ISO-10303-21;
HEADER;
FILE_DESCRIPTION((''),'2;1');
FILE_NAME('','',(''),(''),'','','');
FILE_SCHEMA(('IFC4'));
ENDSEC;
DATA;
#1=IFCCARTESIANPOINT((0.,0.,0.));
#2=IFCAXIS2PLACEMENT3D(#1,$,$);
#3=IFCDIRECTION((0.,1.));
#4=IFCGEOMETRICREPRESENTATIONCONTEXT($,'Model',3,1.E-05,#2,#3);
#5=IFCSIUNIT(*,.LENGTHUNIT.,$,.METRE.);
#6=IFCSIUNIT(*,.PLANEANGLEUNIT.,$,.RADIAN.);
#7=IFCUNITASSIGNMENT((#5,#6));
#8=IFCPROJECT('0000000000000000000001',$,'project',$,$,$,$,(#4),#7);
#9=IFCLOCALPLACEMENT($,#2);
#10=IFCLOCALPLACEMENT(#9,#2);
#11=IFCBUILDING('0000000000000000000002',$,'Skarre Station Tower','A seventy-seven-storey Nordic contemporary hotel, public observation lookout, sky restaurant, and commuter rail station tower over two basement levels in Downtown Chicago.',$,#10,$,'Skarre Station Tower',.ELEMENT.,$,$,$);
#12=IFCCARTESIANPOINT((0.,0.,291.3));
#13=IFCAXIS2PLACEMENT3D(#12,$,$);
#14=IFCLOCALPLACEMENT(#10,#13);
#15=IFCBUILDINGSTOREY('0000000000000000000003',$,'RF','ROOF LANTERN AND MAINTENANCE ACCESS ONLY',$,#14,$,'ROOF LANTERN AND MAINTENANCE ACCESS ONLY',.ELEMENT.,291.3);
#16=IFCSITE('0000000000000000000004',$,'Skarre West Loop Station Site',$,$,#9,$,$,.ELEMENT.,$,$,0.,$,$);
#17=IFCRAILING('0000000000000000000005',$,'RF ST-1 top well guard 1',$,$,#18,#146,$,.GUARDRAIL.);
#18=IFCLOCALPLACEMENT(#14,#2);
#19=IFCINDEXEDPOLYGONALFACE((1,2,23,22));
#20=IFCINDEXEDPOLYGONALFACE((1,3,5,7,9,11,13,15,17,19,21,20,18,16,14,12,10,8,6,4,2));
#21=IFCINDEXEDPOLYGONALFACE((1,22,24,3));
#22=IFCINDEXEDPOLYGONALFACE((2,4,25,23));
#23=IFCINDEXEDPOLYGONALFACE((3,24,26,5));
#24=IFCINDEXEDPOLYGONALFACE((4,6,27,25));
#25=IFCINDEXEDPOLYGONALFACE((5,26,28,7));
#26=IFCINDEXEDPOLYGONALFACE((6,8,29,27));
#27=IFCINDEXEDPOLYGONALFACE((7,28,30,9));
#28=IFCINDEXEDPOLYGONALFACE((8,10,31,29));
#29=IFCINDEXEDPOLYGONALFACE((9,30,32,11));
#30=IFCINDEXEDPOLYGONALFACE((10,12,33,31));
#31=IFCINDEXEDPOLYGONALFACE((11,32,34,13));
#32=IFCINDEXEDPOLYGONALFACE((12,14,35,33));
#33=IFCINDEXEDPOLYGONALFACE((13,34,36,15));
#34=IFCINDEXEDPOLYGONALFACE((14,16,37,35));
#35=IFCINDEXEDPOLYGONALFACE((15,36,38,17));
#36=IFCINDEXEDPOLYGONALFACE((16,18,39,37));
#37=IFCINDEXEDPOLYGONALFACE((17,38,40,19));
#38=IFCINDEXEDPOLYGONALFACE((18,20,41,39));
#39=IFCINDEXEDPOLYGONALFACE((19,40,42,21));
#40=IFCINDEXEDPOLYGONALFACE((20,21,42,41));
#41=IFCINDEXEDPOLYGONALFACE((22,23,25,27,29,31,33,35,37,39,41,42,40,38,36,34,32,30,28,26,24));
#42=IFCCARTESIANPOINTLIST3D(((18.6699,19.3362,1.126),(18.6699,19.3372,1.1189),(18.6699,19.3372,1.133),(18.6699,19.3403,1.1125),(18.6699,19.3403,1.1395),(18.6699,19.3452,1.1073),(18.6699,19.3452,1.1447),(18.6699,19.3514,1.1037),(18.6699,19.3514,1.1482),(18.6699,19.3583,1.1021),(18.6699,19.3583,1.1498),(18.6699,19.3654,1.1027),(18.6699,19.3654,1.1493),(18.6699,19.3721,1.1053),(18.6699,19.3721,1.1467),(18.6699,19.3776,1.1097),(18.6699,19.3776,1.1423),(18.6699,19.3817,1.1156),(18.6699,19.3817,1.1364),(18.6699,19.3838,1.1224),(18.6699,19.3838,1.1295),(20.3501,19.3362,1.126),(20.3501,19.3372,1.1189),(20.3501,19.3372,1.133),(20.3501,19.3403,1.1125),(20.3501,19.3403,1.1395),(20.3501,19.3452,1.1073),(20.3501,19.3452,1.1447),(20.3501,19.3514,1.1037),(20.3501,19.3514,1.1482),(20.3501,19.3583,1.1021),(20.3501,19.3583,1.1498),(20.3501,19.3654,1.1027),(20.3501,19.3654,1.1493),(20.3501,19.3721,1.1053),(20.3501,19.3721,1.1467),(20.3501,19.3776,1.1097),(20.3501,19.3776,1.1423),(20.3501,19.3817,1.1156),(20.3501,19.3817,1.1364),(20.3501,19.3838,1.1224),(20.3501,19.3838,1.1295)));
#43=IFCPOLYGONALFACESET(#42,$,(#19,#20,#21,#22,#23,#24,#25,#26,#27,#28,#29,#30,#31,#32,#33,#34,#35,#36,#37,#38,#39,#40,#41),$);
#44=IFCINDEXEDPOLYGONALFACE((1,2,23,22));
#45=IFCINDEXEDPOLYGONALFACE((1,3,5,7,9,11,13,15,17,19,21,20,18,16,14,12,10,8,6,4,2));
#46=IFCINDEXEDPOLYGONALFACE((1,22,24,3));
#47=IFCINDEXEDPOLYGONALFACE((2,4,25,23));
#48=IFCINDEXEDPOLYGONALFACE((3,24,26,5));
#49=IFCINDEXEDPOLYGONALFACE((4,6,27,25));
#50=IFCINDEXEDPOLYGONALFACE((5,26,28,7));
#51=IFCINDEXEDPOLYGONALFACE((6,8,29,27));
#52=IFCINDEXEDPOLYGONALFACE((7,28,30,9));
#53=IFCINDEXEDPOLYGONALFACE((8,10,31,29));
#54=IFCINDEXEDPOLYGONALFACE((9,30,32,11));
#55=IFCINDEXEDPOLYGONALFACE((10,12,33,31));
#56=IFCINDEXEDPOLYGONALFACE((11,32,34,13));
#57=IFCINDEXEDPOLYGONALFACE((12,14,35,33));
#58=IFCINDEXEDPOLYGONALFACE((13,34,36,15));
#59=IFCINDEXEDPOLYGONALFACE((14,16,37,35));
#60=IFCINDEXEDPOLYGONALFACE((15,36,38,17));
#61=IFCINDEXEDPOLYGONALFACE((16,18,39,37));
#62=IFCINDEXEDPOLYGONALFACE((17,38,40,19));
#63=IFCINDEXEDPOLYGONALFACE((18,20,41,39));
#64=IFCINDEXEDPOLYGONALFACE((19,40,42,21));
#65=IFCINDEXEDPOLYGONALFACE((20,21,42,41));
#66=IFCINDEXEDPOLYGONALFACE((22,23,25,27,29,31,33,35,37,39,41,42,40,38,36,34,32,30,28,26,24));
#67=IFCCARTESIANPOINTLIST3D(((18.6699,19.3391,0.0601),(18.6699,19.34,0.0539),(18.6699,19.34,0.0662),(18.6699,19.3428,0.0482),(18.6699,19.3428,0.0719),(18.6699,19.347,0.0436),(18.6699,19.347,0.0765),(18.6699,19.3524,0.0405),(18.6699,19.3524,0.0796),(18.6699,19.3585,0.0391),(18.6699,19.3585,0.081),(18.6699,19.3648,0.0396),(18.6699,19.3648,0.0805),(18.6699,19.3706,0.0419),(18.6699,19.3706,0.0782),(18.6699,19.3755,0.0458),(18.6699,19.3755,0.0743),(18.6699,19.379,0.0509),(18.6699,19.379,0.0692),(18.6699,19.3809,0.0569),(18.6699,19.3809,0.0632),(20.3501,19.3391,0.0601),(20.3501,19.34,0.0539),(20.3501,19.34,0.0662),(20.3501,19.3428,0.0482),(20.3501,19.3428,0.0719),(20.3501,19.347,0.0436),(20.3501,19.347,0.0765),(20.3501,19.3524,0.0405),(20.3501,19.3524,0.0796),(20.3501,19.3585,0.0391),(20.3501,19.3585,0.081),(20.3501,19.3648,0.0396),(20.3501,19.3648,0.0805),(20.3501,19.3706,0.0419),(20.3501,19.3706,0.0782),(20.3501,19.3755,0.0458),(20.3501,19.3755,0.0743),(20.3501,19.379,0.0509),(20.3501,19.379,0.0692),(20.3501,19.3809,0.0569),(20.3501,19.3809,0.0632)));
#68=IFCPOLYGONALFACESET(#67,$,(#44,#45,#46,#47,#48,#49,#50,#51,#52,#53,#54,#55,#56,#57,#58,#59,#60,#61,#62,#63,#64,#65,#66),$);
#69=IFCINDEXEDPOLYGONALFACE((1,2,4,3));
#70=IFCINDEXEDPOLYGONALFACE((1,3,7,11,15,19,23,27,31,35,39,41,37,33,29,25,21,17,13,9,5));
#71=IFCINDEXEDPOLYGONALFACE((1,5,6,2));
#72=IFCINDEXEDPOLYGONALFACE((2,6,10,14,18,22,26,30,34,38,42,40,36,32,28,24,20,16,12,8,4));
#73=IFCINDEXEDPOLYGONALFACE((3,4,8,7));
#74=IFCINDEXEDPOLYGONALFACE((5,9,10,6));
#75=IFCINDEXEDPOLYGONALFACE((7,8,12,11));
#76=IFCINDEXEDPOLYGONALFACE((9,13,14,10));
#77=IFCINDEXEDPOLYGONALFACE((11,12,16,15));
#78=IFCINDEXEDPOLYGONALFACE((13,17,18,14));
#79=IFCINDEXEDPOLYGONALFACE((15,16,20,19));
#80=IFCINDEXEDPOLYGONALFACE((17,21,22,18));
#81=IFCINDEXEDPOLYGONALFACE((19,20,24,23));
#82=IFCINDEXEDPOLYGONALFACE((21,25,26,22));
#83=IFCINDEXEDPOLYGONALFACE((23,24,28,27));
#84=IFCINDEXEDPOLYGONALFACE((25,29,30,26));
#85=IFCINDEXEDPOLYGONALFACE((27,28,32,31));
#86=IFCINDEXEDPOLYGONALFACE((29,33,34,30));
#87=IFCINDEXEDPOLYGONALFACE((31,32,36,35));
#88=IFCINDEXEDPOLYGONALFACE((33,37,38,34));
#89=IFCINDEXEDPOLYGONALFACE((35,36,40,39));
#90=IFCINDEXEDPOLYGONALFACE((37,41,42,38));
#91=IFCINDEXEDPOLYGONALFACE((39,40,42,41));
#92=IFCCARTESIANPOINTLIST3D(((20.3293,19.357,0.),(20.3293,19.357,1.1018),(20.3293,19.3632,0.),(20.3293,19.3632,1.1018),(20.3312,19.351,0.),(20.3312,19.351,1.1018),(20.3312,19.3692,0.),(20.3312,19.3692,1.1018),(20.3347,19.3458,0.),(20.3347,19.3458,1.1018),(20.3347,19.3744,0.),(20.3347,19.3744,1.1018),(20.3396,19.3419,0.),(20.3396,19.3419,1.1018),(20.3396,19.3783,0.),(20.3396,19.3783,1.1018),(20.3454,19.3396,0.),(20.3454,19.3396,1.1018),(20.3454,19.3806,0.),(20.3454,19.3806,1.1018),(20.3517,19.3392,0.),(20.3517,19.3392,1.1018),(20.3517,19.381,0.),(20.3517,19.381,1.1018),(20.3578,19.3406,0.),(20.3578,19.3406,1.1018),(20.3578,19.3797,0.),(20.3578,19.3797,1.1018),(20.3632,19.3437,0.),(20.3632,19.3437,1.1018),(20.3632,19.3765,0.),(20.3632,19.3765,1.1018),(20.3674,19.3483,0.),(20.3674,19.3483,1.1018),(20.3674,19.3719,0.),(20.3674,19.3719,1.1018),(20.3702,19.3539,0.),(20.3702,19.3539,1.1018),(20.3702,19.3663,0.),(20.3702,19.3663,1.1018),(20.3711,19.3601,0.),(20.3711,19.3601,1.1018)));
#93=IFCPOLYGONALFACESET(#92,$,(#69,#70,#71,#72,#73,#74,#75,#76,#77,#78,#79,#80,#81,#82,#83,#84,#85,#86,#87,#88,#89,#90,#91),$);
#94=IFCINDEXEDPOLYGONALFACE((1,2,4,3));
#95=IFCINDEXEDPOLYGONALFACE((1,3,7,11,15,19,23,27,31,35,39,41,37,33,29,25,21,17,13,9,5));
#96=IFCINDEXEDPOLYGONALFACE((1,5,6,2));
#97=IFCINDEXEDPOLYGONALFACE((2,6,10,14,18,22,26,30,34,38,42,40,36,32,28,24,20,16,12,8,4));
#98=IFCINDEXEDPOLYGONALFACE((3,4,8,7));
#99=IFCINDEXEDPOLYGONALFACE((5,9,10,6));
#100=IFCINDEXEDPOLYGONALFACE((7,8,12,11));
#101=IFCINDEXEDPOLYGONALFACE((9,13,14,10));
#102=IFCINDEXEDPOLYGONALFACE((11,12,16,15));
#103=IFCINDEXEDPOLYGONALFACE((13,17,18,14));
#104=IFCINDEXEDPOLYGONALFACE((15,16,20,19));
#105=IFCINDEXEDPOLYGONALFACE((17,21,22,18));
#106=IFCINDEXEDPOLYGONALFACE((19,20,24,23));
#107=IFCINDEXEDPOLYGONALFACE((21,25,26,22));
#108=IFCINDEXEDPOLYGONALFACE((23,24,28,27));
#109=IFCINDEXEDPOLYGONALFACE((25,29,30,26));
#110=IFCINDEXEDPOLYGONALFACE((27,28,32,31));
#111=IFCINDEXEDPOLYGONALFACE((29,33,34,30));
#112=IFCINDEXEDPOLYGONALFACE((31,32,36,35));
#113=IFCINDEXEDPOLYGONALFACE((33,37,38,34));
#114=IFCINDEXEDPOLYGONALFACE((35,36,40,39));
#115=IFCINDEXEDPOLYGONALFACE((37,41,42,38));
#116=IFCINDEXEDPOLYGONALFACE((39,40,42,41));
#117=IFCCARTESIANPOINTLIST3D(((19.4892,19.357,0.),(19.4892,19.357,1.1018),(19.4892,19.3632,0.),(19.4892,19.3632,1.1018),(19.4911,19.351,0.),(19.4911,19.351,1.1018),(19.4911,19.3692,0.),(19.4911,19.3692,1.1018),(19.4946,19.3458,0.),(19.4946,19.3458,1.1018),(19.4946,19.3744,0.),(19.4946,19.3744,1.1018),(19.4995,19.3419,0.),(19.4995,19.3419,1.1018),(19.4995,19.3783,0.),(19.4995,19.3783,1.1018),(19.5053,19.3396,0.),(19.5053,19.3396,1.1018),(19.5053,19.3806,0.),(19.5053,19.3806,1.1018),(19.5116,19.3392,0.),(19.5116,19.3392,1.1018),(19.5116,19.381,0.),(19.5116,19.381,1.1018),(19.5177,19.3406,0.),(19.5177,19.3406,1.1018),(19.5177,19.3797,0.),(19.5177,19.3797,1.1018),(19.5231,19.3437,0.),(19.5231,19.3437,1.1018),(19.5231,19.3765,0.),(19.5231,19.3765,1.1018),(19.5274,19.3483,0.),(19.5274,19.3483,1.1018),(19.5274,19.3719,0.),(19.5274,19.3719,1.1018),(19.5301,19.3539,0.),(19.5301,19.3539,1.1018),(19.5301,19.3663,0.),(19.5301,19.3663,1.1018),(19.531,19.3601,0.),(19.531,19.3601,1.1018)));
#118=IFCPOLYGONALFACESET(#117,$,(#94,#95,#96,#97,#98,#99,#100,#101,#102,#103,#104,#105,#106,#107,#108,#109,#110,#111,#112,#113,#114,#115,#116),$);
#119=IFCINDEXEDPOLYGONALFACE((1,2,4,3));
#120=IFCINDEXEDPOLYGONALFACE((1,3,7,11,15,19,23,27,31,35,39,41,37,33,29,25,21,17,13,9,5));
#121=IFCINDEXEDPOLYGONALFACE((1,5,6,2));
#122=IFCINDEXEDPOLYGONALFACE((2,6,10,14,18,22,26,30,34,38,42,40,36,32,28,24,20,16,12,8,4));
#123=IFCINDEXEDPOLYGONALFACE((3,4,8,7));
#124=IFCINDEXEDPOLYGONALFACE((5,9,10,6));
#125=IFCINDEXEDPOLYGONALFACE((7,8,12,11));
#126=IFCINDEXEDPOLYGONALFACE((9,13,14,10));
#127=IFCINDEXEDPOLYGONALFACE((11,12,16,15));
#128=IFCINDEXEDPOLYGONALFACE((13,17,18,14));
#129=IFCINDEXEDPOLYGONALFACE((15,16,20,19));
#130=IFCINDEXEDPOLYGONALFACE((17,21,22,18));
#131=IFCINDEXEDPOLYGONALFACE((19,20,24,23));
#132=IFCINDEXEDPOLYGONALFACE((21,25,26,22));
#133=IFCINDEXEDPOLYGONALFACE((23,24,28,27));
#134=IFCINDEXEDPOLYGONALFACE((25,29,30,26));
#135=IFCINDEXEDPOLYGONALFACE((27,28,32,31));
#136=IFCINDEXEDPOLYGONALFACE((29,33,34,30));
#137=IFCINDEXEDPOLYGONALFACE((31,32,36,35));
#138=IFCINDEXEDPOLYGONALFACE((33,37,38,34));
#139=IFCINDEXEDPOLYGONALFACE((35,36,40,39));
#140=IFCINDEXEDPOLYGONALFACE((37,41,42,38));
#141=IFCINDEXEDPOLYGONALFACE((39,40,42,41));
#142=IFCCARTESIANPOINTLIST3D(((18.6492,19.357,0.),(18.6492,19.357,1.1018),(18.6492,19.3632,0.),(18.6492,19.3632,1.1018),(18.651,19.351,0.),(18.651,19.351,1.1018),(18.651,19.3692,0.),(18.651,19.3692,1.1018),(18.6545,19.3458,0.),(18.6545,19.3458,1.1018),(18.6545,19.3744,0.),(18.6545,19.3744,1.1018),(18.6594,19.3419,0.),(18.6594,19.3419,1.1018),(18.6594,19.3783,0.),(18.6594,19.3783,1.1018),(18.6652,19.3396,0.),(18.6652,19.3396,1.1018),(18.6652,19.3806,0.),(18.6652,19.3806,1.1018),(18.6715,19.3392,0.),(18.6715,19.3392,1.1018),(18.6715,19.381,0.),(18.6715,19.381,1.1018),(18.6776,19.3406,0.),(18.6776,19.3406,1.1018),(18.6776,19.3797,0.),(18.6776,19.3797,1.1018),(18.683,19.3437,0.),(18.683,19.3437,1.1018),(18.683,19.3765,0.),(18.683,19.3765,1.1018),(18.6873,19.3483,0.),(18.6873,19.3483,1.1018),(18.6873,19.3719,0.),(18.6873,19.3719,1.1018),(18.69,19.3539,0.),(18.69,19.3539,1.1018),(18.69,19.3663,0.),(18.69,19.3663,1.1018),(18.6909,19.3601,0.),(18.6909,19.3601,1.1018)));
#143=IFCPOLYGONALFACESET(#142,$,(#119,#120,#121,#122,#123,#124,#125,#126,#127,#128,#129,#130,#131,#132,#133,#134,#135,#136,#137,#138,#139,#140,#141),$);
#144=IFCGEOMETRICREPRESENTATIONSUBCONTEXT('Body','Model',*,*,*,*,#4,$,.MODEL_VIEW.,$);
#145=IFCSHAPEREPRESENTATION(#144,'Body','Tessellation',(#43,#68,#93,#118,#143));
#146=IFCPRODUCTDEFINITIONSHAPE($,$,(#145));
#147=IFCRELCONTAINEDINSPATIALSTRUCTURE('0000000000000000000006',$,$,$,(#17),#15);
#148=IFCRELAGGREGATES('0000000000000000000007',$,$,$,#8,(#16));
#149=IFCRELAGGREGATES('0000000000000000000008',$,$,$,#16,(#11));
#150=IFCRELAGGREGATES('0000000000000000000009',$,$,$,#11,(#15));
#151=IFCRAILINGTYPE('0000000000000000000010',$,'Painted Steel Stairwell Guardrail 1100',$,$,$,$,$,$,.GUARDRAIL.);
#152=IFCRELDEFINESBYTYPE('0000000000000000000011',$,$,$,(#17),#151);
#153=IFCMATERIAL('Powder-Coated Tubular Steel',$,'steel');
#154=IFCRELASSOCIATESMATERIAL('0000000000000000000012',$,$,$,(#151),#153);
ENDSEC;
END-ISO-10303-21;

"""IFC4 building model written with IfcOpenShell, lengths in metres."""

from ifc_helpers import new_model, si_unit, direction, frame, origin, origin_2d, place, context, subcontext, project, spatial, circle, extrude, material, type_object, element, save


model = new_model("IFC4")

# Units and contexts
model_context = context("Model", 3, precision=1e-05, world=origin(), true_north=direction((0.0, 1.0)))
body_context = subcontext(model_context, "Body", "Model", "MODEL_VIEW")
ifc_project = project(units=[si_unit("LENGTHUNIT", "METRE"), si_unit("PLANEANGLEUNIT", "RADIAN")], contexts=[model_context])

# Site, building, storey
site_placement = place(None, origin())
site = spatial("IfcSite", under=ifc_project, at=site_placement, Name="Skarre West Loop Station Site", CompositionType="ELEMENT", RefElevation=0.0)
building_placement = place(site_placement, origin())
building = spatial("IfcBuilding", under=site, at=building_placement, Name="Skarre Station Tower", Description="A seventy-seven-storey Nordic contemporary hotel, public observation lookout, sky restaurant, and commuter rail station tower over two basement levels in Downtown Chicago.", LongName="Skarre Station Tower", CompositionType="ELEMENT")
storey_placement = place(building_placement, frame((0.0, 0.0, 291.3)))
storey = spatial("IfcBuildingStorey", under=building, at=storey_placement, Name="RF", Description="ROOF LANTERN AND MAINTENANCE ACCESS ONLY", LongName="ROOF LANTERN AND MAINTENANCE ACCESS ONLY", CompositionType="ELEMENT", Elevation=291.3)

# Railing
ifc_material_1 = material(Name="Powder-Coated Tubular Steel", Category="steel")
railing_type = type_object("IfcRailingType", Name="Painted Steel Stairwell Guardrail 1100", PredefinedType="GUARDRAIL", material=ifc_material_1)
railing_placement = place(storey_placement, frame((20.3501, 19.3601, 0.0)))
element("IfcRailing", 1, at=railing_placement, inside=storey, type_object=railing_type, Name="RF ST-1 top well guard 1", PredefinedType="GUARDRAIL", context=body_context, shape_type="SweptSolid", body=[
    extrude(circle(Radius=0.0239, at=origin_2d()), frame((0.0, 0.0, 1.126), z_axis=(-1.0, 0.0, 0.0), x_axis=(0.0, -1.0, 0.0)), (0.0, 0.0, 1.0), 1.6802),
    extrude(circle(Radius=0.021, at=origin_2d()), frame((0.0, 0.0, 0.0601), z_axis=(-1.0, 0.0, 0.0), x_axis=(0.0, -1.0, 0.0)), (0.0, 0.0, 1.0), 1.6802),
    extrude(circle(Radius=0.021, at=origin_2d()), origin(), (0.0, 0.0, 1.0), 1.1018),
    extrude(circle(Radius=0.021, at=origin_2d()), frame((-0.8401, 0.0, 0.0)), (0.0, 0.0, 1.0), 1.1018),
    extrude(circle(Radius=0.021, at=origin_2d()), frame((-1.6802, 0.0, 0.0)), (0.0, 0.0, 1.0), 1.1018),
])

save(model, "model.ifc")
